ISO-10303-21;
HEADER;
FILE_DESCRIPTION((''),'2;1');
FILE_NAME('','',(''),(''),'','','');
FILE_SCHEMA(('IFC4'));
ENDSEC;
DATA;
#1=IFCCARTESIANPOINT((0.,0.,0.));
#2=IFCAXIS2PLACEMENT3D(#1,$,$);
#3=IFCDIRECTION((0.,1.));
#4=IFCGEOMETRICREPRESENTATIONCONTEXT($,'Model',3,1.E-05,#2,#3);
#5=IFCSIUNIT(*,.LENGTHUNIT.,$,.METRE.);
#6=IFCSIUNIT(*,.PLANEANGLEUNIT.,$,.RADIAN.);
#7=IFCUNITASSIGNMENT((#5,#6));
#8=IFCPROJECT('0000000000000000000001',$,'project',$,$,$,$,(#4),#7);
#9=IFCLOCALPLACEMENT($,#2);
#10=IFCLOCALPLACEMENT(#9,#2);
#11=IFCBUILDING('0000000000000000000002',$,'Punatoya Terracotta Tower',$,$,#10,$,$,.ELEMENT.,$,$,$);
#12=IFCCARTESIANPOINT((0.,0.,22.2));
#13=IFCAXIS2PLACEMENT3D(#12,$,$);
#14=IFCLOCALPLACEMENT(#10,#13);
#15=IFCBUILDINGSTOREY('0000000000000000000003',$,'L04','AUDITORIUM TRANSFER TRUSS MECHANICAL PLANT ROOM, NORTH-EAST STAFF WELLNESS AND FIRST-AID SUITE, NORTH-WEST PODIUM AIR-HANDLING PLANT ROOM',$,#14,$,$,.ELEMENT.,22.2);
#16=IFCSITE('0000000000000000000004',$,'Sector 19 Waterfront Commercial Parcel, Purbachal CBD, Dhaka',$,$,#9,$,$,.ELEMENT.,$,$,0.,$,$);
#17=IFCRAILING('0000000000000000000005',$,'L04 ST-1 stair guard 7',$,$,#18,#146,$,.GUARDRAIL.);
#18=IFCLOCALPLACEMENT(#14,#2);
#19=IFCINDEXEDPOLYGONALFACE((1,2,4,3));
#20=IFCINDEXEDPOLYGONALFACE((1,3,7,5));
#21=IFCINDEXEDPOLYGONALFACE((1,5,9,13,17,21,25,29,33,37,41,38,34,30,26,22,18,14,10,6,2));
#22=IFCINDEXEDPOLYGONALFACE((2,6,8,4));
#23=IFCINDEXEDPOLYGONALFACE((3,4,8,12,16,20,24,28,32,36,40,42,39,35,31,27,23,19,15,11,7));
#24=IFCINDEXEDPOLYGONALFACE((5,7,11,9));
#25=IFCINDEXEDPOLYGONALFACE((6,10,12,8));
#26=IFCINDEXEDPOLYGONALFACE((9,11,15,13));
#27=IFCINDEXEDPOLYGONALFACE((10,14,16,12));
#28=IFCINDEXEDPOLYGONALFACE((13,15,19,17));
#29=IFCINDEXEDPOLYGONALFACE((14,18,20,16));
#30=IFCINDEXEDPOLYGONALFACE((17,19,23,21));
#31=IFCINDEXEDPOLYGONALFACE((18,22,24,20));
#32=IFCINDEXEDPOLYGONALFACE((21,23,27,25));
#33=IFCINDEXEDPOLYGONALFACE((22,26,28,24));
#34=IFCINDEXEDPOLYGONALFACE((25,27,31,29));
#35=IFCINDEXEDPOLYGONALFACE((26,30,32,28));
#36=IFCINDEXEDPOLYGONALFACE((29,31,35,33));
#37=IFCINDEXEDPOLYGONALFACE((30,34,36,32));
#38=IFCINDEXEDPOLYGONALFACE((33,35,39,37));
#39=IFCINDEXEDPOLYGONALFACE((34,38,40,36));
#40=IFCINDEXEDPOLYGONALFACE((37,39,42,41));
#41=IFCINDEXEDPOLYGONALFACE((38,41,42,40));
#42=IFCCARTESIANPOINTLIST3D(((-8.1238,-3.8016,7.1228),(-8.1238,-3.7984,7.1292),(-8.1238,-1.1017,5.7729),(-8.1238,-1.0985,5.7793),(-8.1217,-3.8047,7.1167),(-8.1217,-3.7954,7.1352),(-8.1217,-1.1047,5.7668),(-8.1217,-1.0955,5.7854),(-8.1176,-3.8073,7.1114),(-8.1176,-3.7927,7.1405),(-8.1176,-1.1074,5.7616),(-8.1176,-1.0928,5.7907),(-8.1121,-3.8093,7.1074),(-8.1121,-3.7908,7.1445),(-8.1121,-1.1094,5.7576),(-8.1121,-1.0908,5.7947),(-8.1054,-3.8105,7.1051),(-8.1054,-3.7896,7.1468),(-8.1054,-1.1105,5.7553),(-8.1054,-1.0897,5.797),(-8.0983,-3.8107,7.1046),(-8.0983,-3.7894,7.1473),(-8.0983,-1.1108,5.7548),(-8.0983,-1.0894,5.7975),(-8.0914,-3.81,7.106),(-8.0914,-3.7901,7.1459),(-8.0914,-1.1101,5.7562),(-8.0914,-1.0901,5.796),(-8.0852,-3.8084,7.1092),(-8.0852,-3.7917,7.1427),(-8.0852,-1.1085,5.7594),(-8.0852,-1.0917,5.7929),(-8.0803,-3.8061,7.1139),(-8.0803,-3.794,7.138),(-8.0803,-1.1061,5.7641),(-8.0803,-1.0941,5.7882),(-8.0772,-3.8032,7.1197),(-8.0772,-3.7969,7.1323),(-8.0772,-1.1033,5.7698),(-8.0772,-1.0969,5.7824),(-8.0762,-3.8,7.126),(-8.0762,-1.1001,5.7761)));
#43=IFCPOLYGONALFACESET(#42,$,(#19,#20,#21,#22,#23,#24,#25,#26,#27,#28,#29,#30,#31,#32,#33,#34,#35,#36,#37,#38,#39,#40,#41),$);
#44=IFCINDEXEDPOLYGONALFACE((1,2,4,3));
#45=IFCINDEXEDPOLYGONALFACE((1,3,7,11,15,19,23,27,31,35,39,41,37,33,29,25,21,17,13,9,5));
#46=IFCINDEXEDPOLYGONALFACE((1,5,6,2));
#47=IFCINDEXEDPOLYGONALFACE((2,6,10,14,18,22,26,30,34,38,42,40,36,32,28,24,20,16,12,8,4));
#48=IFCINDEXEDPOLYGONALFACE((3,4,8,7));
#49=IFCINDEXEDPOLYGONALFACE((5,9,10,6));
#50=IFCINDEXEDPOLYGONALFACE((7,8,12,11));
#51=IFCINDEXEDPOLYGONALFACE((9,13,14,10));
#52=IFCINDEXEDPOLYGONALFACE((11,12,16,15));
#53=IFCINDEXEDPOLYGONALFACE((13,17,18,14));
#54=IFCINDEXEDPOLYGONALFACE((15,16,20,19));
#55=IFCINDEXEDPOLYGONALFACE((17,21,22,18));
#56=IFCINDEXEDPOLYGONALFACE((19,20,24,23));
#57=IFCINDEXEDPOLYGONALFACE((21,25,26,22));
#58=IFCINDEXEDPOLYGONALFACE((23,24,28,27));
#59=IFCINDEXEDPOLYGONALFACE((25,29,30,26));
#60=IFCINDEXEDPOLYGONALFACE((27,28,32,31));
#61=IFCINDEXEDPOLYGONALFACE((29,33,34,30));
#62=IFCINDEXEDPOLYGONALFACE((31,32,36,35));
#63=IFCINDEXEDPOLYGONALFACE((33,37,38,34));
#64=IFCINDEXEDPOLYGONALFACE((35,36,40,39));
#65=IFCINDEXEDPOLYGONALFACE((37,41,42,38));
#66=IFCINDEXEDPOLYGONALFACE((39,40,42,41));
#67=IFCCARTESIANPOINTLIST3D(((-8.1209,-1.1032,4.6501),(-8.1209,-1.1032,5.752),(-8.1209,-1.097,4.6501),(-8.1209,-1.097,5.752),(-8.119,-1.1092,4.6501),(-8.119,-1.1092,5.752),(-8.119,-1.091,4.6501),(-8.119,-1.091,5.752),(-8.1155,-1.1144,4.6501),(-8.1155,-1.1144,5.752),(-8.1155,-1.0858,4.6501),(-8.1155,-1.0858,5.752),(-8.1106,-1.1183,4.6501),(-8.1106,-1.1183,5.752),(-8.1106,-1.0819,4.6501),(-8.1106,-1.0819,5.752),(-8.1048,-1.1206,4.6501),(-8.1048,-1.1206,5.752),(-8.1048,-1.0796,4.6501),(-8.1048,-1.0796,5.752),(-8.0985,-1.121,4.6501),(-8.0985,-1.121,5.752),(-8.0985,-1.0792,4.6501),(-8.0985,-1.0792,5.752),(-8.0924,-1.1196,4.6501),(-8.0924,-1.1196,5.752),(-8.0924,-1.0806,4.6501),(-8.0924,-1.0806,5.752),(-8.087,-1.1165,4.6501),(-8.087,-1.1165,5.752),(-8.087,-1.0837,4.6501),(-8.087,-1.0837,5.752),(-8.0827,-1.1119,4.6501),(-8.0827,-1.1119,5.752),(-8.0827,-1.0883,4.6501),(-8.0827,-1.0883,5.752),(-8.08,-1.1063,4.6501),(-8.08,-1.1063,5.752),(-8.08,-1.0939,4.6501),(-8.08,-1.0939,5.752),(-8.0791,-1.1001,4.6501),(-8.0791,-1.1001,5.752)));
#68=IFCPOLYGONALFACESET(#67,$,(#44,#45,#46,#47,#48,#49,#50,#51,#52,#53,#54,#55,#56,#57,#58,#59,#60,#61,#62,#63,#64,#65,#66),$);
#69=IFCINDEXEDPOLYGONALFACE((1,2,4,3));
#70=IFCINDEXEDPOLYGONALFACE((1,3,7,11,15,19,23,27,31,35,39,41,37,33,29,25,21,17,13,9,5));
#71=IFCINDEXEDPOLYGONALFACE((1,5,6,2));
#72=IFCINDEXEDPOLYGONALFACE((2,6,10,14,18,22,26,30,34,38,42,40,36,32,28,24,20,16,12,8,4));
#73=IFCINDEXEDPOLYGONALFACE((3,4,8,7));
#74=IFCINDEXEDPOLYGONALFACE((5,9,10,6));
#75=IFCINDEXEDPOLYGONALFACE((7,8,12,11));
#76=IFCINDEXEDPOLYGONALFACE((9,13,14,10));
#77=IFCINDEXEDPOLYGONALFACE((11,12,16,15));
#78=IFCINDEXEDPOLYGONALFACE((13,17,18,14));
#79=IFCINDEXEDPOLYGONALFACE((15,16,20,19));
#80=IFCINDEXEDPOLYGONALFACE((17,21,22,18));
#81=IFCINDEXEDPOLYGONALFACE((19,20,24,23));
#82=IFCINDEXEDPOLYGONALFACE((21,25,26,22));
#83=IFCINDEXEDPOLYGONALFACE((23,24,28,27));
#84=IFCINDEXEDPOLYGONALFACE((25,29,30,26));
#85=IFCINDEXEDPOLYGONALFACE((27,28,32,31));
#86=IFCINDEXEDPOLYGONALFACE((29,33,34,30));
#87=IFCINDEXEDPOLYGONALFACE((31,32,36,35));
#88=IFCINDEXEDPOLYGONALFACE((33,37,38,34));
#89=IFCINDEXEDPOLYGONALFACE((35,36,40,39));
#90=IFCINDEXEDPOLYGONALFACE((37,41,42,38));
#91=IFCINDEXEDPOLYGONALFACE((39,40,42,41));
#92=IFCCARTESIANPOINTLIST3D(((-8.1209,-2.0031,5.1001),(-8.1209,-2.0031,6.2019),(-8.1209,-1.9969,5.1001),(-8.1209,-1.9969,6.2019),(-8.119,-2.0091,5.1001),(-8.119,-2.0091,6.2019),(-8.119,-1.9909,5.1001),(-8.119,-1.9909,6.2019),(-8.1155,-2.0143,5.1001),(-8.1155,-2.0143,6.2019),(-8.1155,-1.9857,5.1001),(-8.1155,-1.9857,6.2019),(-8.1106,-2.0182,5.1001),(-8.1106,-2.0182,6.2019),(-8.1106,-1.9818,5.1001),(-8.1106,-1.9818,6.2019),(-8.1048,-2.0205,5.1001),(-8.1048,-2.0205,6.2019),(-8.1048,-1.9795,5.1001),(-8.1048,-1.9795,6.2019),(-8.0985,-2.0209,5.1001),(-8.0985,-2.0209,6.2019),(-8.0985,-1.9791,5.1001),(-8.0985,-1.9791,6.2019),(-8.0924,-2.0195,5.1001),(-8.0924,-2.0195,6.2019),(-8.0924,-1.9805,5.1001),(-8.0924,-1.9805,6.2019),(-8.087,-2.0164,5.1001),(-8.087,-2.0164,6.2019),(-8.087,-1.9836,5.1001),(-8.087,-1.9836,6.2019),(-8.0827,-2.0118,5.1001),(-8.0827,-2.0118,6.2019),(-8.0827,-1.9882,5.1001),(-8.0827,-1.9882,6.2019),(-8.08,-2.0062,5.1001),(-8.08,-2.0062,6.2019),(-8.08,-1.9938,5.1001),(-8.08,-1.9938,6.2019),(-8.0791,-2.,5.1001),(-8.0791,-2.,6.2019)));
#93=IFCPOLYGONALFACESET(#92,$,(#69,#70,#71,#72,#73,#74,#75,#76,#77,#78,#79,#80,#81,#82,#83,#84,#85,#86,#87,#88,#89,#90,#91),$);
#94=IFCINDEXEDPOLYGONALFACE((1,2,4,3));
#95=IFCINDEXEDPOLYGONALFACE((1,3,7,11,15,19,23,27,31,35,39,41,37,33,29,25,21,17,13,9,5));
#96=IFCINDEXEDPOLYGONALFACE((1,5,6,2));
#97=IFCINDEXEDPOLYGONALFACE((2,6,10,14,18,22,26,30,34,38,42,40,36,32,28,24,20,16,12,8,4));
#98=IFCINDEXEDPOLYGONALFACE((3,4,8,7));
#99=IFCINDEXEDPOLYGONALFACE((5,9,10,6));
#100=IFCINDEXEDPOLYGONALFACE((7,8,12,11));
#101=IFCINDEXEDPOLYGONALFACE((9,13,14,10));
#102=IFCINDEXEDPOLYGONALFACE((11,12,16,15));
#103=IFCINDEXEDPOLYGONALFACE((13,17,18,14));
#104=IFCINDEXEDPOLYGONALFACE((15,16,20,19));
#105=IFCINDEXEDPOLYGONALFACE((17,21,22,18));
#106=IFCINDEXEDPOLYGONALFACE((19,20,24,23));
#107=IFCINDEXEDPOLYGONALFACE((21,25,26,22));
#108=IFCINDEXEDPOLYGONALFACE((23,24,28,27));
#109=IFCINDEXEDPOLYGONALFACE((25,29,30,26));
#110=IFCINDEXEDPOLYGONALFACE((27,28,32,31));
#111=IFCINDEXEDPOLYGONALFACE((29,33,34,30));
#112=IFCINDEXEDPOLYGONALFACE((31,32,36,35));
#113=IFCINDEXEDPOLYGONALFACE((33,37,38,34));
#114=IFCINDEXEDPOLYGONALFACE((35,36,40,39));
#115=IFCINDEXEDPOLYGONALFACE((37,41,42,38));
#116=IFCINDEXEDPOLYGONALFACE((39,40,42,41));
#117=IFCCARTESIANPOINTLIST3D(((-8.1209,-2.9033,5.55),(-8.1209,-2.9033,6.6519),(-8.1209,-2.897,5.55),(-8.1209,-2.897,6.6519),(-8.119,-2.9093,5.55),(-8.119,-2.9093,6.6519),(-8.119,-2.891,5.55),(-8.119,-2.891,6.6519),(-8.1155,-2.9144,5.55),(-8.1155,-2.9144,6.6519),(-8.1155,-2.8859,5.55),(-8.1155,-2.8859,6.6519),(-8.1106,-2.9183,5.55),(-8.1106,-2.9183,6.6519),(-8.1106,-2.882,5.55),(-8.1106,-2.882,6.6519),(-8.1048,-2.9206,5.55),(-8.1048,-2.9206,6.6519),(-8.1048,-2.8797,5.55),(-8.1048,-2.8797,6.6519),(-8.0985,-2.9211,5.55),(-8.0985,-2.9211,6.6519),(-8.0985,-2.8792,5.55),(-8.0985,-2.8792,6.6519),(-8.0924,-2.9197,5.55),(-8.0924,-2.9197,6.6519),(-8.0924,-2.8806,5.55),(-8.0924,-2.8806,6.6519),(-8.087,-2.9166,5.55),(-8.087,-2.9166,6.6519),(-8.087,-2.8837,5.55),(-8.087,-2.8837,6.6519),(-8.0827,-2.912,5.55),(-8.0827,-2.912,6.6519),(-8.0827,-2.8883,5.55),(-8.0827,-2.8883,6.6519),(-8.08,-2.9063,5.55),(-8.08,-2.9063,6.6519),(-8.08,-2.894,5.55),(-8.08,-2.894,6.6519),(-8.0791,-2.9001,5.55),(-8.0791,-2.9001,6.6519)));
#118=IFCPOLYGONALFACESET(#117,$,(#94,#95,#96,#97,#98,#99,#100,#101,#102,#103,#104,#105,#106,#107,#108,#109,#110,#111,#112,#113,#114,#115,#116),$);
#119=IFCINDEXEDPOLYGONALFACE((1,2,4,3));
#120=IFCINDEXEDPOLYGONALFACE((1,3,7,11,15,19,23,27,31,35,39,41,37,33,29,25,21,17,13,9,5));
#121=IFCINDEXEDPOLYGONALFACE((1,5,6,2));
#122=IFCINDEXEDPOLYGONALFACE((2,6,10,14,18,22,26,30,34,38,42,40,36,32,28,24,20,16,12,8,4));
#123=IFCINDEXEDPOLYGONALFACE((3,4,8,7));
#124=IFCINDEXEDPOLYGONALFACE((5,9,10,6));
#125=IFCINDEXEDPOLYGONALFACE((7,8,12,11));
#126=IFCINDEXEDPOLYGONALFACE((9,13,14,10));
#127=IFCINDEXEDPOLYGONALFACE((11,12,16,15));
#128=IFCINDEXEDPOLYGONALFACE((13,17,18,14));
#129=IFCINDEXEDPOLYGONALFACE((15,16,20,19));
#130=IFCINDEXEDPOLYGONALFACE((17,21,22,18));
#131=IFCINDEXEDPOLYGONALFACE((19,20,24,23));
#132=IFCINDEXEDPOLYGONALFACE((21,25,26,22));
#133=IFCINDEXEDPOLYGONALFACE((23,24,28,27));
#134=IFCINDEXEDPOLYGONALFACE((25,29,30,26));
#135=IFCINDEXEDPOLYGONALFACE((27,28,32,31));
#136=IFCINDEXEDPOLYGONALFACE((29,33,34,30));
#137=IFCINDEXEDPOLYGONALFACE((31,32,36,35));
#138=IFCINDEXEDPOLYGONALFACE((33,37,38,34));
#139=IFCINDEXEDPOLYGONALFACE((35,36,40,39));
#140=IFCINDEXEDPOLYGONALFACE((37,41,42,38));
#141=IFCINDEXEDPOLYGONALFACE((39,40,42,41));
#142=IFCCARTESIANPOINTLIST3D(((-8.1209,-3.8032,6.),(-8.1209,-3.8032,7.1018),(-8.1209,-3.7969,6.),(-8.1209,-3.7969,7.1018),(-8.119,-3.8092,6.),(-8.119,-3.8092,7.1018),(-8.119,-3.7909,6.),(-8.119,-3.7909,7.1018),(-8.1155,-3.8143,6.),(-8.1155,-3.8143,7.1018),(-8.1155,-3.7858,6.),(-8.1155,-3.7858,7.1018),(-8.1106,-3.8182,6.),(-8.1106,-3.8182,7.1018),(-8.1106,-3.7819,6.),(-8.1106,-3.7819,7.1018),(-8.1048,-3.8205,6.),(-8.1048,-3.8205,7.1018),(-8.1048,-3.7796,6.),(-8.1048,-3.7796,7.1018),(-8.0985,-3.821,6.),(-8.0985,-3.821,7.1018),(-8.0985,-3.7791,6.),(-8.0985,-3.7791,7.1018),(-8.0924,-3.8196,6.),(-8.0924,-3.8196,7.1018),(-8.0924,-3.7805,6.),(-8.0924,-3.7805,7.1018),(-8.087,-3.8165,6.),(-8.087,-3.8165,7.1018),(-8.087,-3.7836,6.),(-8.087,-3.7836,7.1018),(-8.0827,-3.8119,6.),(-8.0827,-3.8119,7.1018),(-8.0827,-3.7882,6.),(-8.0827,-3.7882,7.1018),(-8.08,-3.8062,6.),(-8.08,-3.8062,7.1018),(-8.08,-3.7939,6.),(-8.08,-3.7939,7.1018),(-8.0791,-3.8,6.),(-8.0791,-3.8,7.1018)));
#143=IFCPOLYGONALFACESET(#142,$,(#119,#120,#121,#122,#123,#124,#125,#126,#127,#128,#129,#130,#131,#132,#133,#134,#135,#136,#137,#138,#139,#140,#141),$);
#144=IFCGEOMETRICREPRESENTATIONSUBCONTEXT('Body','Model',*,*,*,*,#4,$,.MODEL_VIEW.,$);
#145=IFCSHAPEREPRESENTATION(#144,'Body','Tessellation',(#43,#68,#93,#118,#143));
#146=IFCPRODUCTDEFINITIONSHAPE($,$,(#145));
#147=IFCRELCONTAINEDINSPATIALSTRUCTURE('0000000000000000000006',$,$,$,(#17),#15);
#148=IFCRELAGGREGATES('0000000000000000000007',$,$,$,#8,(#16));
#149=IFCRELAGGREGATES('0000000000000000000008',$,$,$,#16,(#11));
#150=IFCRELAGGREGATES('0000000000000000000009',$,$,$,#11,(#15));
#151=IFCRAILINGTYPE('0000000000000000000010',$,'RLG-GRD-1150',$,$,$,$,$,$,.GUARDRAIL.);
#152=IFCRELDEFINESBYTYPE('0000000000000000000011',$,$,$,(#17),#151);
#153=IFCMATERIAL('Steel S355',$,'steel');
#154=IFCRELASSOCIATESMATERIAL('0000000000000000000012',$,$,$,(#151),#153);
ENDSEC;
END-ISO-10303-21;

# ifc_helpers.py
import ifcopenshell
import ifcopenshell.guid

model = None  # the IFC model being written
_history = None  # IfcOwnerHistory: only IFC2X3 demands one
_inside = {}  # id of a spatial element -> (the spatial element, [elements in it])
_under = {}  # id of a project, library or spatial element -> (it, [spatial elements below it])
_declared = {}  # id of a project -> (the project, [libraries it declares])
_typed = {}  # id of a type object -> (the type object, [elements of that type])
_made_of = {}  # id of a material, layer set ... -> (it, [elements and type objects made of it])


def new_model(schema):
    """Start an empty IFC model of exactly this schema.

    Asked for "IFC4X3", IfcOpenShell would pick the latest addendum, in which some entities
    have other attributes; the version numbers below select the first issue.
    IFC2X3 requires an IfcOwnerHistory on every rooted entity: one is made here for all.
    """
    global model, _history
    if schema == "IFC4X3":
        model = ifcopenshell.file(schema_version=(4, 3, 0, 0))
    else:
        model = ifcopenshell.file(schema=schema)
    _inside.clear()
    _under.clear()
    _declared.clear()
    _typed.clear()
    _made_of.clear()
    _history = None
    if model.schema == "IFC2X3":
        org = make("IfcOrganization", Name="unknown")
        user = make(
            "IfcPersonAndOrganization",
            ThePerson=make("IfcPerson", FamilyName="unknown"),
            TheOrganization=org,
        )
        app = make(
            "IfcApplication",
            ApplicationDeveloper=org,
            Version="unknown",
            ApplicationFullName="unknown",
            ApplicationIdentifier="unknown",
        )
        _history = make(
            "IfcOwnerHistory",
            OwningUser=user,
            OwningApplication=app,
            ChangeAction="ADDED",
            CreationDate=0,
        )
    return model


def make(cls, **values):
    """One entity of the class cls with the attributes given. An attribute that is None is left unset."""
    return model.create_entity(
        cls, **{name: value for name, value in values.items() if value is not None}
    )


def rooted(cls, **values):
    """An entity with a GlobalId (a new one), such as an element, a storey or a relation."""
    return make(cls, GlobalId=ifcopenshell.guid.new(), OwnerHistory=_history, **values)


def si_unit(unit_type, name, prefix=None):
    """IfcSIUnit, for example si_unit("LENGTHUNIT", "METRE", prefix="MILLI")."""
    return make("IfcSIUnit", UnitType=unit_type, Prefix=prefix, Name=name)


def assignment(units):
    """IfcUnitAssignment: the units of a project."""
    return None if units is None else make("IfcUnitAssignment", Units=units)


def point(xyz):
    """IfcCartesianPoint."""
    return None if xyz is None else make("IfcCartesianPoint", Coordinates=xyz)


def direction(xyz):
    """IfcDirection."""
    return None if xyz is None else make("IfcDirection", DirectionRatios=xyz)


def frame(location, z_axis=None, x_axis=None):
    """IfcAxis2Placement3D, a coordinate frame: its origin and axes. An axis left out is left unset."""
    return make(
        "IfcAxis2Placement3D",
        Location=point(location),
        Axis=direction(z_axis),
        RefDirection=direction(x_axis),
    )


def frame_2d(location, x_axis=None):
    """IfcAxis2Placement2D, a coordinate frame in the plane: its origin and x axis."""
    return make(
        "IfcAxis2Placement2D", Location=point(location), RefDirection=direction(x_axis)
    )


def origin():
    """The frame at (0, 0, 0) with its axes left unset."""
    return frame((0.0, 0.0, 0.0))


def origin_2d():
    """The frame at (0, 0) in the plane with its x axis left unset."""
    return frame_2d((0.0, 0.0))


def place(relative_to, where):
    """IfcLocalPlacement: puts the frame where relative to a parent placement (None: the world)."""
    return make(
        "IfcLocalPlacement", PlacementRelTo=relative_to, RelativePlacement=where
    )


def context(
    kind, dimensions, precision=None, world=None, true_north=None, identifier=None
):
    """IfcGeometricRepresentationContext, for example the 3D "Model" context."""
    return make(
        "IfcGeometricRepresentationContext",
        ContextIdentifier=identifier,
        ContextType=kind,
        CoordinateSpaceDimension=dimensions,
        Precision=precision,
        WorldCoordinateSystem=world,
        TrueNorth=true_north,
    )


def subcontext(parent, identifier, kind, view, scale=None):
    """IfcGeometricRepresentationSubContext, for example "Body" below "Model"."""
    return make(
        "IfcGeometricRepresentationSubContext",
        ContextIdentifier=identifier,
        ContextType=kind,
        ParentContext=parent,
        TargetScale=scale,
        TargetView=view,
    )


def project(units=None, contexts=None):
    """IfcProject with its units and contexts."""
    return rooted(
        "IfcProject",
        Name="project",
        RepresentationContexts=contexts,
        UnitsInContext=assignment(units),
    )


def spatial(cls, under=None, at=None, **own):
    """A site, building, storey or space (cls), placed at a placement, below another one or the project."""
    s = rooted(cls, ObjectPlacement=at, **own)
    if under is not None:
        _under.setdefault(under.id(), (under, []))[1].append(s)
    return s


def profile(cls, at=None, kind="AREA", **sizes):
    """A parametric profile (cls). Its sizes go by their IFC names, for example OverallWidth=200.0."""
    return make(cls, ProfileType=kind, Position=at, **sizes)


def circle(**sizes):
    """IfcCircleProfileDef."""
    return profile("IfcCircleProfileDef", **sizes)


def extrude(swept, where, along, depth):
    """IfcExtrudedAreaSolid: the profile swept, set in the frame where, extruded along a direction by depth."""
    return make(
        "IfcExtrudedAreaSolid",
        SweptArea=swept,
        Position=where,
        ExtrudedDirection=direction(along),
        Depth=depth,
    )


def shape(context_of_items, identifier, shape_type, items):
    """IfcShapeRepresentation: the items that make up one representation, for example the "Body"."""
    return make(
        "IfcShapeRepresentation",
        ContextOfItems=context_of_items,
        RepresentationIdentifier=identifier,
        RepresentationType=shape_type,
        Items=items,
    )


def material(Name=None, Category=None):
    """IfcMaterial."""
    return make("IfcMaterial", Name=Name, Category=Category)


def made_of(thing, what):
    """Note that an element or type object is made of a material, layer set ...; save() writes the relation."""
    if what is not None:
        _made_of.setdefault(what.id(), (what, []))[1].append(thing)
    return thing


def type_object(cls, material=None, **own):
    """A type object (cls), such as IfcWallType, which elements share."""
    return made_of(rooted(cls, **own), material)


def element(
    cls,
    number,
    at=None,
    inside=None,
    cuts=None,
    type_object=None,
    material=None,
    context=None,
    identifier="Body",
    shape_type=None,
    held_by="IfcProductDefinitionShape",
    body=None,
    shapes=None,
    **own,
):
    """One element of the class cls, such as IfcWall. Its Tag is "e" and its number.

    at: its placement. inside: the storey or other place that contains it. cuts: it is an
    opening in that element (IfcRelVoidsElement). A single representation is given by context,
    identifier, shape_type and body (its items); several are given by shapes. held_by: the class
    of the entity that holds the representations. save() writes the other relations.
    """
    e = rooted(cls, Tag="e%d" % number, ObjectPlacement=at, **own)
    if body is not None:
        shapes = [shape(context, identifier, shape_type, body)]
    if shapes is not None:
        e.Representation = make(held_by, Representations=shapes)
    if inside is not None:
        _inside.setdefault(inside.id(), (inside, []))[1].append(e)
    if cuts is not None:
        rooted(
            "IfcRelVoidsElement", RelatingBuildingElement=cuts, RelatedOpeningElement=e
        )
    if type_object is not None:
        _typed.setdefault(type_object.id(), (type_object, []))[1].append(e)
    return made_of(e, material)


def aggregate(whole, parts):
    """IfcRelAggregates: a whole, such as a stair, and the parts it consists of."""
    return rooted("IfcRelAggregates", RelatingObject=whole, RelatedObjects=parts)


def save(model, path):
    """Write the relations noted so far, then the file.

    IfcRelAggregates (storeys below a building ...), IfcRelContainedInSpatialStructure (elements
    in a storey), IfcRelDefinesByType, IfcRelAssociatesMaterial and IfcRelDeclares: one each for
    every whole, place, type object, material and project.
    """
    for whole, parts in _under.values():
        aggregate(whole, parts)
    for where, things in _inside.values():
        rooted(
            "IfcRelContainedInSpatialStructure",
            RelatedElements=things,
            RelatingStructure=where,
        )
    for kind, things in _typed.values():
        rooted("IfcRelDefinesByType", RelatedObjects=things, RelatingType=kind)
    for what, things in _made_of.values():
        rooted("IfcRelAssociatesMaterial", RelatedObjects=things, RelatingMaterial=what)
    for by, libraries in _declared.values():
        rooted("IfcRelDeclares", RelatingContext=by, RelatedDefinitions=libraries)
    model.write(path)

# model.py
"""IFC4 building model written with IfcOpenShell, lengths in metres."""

from ifc_helpers import new_model, si_unit, direction, frame, origin, origin_2d, place, context, subcontext, project, spatial, circle, extrude, material, type_object, element, save


model = new_model("IFC4")

# Units and contexts
model_context = context("Model", 3, precision=1e-05, world=origin(), true_north=direction((0.0, 1.0)))
body_context = subcontext(model_context, "Body", "Model", "MODEL_VIEW")
ifc_project = project(units=[si_unit("LENGTHUNIT", "METRE"), si_unit("PLANEANGLEUNIT", "RADIAN")], contexts=[model_context])

# Site, building, storey
site_placement = place(None, origin())
site = spatial("IfcSite", under=ifc_project, at=site_placement, Name="Sector 19 Waterfront Commercial Parcel, Purbachal CBD, Dhaka", CompositionType="ELEMENT", RefElevation=0.0)
building_placement = place(site_placement, origin())
building = spatial("IfcBuilding", under=site, at=building_placement, Name="Punatoya Terracotta Tower", CompositionType="ELEMENT")
storey_placement = place(building_placement, frame((0.0, 0.0, 22.2)))
storey = spatial("IfcBuildingStorey", under=building, at=storey_placement, Name="L04", Description="AUDITORIUM TRANSFER TRUSS MECHANICAL PLANT ROOM, NORTH-EAST STAFF WELLNESS AND FIRST-AID SUITE, NORTH-WEST PODIUM AIR-HANDLING PLANT ROOM", CompositionType="ELEMENT", Elevation=22.2)

# Shared definitions
ifc_material_1 = material(Name="Steel S355", Category="steel")

# Railing
railing_type_1 = type_object("IfcRailingType", Name="RLG-GRD-1150", PredefinedType="GUARDRAIL", material=ifc_material_1)
for number, where, name in (
    (1, (-8.1001, -1.1001, 4.6501), "L04 ST-1 stair guard 7"),
):
    element("IfcRailing", number, at=place(storey_placement, frame(where)), inside=storey, type_object=railing_type_1, Name=name, PredefinedType="GUARDRAIL", context=body_context, shape_type="SweptSolid", body=[
        extrude(circle(Radius=0.0239, at=origin_2d()), frame((0.0, 0.0, 1.126), z_axis=(0.0, -0.894443, 0.447181), x_axis=(1.0, 0.0, 0.0)), (0.0, 0.0, 1.0), 3.0186),
        extrude(circle(Radius=0.021, at=origin_2d()), origin(), (0.0, 0.0, 1.0), 1.1018),
        extrude(circle(Radius=0.021, at=origin_2d()), frame((0.0, -0.8999, 0.45)), (0.0, 0.0, 1.0), 1.1018),
        extrude(circle(Radius=0.021, at=origin_2d()), frame((0.0, -1.8, 0.8999)), (0.0, 0.0, 1.0), 1.1018),
        extrude(circle(Radius=0.021, at=origin_2d()), frame((0.0, -2.7, 1.3499)), (0.0, 0.0, 1.0), 1.1018),
    ])

save(model, "model.ifc")
